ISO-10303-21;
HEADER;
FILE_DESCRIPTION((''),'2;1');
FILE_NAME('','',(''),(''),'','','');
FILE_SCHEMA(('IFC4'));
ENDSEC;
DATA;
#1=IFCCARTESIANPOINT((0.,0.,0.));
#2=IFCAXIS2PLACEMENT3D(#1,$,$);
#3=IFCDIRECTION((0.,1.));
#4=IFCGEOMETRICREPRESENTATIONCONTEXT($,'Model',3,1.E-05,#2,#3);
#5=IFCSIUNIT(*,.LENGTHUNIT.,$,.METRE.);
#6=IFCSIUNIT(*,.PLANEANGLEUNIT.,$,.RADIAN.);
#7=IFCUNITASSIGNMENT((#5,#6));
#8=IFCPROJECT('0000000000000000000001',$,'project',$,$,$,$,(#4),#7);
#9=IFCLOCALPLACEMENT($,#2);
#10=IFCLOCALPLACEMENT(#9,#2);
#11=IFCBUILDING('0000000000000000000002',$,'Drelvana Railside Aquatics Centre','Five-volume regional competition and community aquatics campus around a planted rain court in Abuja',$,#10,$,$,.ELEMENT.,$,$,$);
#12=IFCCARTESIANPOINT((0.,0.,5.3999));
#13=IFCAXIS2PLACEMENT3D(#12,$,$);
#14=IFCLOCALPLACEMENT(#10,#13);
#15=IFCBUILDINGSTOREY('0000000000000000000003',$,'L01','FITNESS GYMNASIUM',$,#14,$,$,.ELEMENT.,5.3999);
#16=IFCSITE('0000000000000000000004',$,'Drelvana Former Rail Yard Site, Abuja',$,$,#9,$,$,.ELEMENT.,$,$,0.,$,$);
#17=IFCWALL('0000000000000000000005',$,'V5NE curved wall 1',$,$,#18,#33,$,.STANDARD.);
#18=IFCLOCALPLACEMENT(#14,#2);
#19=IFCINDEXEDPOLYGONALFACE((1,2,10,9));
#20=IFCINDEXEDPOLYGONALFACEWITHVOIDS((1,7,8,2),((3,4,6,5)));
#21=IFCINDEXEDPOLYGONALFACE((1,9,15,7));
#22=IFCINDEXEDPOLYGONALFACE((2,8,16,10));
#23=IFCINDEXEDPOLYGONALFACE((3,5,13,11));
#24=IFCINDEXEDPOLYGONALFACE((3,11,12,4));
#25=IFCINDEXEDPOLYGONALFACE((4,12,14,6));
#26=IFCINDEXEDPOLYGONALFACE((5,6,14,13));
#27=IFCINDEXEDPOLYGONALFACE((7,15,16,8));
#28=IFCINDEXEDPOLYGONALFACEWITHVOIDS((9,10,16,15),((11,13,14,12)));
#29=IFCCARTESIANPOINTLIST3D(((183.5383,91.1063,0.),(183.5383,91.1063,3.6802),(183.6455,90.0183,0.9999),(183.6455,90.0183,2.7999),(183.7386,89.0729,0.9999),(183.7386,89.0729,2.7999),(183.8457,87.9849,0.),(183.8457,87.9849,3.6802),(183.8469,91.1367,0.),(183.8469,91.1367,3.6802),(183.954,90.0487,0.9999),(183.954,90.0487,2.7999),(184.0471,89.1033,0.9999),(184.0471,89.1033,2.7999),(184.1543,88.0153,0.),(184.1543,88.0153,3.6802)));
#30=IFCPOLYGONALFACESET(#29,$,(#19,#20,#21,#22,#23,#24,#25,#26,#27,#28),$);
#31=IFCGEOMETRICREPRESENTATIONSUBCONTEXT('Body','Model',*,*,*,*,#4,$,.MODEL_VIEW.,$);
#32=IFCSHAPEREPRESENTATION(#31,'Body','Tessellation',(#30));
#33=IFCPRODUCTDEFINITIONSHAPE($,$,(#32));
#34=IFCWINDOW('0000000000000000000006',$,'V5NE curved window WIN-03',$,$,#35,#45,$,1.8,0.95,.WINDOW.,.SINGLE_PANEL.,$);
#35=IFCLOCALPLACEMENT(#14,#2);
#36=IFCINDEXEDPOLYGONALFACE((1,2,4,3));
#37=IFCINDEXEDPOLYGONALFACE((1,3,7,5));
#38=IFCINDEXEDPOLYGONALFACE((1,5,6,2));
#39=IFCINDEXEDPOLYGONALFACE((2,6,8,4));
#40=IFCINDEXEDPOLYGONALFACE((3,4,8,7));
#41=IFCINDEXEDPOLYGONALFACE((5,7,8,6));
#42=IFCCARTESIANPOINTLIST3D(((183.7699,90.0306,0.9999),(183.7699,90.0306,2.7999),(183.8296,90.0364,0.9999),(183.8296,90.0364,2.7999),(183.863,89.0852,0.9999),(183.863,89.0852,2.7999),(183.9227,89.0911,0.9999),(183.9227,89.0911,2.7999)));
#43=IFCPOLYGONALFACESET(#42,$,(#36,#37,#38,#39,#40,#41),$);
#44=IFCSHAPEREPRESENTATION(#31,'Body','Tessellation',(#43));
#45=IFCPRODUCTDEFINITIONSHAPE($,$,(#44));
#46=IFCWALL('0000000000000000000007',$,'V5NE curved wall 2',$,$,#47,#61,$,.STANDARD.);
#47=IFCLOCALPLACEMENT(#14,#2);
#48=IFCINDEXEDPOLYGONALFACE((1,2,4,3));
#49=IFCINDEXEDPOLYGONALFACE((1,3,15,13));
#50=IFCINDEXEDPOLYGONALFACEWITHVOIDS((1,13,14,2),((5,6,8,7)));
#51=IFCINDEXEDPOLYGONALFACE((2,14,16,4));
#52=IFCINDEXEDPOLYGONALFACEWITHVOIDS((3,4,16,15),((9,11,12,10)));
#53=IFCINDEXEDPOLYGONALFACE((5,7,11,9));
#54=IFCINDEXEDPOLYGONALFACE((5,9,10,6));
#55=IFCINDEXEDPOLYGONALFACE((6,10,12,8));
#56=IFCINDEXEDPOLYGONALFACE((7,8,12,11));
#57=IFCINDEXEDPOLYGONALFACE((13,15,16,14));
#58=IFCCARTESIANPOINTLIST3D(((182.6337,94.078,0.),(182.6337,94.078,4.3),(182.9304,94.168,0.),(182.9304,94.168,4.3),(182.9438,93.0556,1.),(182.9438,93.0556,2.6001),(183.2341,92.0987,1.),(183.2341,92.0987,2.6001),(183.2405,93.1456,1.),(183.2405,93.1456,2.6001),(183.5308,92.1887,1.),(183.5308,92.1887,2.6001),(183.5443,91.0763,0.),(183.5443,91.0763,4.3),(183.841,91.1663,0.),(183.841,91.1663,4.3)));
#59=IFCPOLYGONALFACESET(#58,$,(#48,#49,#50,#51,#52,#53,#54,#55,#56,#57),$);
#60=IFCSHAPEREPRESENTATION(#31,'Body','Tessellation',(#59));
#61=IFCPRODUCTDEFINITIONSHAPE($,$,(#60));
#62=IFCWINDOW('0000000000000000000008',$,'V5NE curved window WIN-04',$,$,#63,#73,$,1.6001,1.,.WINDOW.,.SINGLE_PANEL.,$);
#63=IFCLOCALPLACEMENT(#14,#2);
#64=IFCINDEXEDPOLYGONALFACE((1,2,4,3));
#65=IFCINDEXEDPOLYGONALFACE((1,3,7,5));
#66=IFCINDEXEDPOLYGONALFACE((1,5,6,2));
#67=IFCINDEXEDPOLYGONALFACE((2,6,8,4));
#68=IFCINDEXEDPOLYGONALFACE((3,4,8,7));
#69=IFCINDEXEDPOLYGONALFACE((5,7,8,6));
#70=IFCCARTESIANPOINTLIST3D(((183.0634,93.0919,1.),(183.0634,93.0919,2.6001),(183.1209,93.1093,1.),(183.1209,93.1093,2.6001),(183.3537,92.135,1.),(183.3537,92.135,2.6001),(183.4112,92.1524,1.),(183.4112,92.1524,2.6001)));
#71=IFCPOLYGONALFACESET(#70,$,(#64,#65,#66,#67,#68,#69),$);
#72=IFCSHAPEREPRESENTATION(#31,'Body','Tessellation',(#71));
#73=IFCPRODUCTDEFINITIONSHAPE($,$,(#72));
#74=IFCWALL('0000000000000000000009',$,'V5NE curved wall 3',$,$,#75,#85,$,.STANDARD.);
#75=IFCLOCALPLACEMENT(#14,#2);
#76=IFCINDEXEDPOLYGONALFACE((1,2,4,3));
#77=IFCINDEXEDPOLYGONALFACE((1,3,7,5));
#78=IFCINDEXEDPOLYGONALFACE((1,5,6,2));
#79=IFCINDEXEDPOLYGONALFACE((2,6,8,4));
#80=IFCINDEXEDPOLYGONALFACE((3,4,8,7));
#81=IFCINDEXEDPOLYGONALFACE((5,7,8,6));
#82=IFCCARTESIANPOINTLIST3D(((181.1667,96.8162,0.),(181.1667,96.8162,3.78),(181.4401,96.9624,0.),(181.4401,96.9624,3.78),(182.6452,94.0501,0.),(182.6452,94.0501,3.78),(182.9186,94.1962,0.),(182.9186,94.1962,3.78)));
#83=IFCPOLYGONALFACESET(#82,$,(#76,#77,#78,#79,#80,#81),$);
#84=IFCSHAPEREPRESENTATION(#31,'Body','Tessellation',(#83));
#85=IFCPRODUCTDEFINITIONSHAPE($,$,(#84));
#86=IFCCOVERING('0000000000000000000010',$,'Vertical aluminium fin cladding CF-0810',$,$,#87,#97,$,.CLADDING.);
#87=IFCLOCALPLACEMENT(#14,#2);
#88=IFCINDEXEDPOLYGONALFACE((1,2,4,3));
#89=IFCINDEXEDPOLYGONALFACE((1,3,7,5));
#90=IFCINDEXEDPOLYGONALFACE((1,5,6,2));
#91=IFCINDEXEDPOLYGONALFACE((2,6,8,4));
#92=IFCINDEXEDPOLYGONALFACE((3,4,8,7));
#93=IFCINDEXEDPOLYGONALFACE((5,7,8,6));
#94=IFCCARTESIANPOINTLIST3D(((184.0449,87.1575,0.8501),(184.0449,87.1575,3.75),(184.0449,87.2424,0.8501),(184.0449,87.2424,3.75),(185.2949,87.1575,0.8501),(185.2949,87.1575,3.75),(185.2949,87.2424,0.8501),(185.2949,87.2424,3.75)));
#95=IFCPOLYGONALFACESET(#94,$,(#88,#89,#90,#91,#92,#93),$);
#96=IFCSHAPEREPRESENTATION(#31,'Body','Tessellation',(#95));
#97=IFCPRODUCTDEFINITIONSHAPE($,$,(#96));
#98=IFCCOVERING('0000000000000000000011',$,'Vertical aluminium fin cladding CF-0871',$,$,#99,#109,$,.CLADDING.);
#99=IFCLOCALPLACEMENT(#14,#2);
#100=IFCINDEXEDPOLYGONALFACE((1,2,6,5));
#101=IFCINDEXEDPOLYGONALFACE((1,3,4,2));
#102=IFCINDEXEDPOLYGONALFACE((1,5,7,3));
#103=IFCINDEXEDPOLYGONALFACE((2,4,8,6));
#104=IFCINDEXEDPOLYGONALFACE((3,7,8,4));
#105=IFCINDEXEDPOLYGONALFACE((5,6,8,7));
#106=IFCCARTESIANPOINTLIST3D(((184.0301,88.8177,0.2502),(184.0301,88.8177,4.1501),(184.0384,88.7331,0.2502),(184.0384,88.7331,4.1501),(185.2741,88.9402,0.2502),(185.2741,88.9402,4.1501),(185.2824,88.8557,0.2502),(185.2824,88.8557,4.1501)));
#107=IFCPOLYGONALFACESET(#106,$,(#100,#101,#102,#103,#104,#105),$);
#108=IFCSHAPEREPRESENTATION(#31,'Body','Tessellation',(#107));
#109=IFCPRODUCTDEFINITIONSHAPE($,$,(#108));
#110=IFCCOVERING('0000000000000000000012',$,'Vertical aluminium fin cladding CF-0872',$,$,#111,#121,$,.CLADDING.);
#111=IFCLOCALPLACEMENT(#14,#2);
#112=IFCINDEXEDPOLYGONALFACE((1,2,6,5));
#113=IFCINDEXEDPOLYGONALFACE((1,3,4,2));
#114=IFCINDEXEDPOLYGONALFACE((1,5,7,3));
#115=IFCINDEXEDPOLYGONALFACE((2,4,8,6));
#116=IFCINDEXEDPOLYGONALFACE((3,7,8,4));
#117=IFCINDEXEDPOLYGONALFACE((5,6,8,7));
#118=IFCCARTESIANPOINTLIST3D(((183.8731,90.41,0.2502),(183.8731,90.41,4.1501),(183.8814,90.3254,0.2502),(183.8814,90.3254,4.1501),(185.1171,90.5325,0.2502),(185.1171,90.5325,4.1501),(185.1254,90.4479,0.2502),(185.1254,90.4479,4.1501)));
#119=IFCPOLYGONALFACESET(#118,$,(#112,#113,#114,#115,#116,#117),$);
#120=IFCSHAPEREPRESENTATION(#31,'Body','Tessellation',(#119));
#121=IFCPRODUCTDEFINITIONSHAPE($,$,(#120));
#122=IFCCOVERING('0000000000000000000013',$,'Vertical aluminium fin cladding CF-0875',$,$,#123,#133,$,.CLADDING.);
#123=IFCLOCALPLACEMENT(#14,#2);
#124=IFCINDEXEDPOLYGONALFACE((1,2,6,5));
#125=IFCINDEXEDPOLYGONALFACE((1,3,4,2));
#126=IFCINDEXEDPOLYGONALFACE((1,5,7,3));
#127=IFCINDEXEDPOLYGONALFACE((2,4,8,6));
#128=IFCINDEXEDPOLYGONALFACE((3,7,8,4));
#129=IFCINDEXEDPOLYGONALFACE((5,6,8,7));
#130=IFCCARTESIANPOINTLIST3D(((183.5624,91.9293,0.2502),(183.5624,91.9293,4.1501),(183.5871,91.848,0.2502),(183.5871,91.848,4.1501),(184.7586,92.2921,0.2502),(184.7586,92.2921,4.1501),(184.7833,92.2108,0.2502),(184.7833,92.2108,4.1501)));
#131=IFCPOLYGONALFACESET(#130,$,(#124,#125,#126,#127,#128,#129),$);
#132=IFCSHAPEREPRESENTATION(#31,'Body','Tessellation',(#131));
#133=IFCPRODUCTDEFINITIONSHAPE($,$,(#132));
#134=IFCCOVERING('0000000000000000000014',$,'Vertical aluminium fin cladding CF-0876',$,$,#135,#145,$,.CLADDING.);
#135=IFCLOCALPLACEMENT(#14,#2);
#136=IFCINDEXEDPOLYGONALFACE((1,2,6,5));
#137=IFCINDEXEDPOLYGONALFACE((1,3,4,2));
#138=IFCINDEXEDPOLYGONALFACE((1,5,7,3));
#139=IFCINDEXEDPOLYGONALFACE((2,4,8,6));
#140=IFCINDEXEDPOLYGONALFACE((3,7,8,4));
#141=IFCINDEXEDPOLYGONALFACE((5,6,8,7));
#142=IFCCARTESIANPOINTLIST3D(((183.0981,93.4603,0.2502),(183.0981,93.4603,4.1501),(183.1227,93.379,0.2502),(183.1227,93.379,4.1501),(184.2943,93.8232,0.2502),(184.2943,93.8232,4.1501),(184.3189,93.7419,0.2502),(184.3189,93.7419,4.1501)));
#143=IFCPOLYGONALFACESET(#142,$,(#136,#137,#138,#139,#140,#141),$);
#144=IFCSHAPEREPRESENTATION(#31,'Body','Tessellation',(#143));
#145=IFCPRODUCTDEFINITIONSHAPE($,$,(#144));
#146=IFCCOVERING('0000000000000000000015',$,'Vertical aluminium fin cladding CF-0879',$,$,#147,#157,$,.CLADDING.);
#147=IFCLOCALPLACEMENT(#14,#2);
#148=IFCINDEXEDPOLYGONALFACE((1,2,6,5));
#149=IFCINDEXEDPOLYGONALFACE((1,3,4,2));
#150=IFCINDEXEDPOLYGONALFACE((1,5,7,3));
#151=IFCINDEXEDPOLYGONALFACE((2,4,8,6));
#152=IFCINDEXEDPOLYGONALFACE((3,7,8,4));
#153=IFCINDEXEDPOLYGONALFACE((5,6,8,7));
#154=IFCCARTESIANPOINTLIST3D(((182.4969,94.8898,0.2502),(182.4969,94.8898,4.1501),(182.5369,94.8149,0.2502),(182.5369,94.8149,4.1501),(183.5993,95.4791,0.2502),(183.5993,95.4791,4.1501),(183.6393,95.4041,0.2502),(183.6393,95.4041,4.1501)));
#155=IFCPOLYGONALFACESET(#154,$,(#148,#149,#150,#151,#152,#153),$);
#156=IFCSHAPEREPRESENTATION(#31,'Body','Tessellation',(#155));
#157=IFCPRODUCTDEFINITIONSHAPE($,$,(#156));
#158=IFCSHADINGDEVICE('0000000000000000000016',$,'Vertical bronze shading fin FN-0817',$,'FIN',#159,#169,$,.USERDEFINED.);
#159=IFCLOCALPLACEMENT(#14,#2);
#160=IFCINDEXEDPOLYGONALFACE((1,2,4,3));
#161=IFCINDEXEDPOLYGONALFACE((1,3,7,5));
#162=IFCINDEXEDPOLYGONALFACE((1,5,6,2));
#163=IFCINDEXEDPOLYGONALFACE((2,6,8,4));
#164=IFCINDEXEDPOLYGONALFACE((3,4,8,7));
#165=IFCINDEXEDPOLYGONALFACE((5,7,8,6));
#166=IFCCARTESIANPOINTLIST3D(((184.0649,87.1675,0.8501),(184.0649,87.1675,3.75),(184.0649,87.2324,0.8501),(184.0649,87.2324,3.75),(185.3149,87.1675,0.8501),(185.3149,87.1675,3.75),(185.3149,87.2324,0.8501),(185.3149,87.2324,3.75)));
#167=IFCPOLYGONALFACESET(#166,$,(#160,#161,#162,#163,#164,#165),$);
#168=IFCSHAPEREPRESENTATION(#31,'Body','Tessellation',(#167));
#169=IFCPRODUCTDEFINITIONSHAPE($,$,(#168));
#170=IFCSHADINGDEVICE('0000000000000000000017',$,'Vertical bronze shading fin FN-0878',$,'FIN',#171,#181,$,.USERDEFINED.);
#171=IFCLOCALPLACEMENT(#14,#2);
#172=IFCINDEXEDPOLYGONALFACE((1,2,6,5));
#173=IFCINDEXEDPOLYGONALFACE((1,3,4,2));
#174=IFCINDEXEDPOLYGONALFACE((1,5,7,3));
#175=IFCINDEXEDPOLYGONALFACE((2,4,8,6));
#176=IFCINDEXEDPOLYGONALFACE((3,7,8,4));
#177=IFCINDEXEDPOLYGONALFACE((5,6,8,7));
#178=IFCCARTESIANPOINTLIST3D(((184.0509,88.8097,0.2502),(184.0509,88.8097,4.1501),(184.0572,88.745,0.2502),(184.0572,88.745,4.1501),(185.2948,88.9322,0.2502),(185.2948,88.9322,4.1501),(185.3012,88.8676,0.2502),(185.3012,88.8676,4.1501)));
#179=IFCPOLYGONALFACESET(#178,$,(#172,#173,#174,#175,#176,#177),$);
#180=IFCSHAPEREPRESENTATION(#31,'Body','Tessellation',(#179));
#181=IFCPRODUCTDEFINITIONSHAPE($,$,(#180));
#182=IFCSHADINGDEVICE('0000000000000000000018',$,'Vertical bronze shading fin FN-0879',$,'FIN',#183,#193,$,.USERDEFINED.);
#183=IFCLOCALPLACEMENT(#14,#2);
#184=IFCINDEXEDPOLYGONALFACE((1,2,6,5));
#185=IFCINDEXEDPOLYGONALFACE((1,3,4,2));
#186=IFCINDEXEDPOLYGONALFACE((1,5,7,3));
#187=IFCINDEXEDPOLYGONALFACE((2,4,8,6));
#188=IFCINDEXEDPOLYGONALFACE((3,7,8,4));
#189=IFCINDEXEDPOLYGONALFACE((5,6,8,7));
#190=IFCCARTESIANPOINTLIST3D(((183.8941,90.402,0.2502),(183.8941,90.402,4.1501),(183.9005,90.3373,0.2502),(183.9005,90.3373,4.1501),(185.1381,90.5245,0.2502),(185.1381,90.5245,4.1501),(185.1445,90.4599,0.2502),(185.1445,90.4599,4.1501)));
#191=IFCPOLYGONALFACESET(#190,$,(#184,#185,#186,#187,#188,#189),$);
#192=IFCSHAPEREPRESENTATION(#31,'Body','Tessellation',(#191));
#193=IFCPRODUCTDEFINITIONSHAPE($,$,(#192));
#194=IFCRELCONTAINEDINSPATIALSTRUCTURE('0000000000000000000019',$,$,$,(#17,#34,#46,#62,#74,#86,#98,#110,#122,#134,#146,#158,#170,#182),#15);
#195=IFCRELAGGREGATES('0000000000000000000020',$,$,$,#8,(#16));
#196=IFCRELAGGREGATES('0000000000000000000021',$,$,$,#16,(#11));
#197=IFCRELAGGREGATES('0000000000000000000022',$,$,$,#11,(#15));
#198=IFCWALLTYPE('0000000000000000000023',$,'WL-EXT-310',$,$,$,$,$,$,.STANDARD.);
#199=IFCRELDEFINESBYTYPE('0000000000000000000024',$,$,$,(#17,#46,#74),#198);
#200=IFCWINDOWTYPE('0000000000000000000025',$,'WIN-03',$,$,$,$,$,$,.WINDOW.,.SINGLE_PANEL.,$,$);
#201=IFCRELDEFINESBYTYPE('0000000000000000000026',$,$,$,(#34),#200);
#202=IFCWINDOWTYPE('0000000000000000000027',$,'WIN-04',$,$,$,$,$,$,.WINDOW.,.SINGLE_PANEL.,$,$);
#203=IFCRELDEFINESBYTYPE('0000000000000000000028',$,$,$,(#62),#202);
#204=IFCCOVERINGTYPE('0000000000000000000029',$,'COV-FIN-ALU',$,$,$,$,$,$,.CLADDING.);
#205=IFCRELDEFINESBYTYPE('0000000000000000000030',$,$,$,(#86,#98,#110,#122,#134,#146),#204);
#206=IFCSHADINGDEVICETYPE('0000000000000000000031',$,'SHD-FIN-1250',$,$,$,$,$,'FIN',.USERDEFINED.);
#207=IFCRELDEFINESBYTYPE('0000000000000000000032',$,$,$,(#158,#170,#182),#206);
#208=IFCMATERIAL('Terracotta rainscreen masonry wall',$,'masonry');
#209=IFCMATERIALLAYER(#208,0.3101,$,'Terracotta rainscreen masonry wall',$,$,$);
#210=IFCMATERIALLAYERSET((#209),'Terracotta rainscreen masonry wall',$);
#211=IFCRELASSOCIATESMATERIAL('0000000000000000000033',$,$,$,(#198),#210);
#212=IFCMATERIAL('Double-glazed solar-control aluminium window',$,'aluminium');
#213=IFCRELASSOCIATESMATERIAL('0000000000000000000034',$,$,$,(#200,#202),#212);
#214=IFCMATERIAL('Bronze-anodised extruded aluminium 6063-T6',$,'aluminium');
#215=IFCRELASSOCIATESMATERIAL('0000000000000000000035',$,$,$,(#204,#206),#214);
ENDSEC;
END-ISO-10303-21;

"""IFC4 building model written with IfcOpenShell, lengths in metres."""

from ifc_helpers import new_model, si_unit, direction, frame, frame_2d, origin, origin_2d, place, context, subcontext, project, spatial, rectangle, extrude, material, layer, layer_set, type_object, element, fill, save


model = new_model("IFC4")

# Units and contexts
model_context = context("Model", 3, precision=1e-05, world=origin(), true_north=direction((0.0, 1.0)))
body_context = subcontext(model_context, "Body", "Model", "MODEL_VIEW")
ifc_project = project(units=[si_unit("LENGTHUNIT", "METRE"), si_unit("PLANEANGLEUNIT", "RADIAN")], contexts=[model_context])

# Site, building, storey
site_placement = place(None, origin())
site = spatial("IfcSite", under=ifc_project, at=site_placement, Name="Drelvana Former Rail Yard Site, Abuja", CompositionType="ELEMENT", RefElevation=0.0)
building_placement = place(site_placement, origin())
building = spatial("IfcBuilding", under=site, at=building_placement, Name="Drelvana Railside Aquatics Centre", Description="Five-volume regional competition and community aquatics campus around a planted rain court in Abuja", CompositionType="ELEMENT")
storey_placement = place(building_placement, frame((0.0, 0.0, 5.3999)))
storey = spatial("IfcBuildingStorey", under=building, at=storey_placement, Name="L01", Description="FITNESS GYMNASIUM", CompositionType="ELEMENT", Elevation=5.3999)

# Walls, openings, windows
ifc_material_1 = material(Name="Terracotta rainscreen masonry wall", Category="masonry")
ifc_layer_1 = layer(ifc_material_1, 0.3101, Name="Terracotta rainscreen masonry wall")
ifc_layer_set_1 = layer_set([ifc_layer_1], Name="Terracotta rainscreen masonry wall")
wall_type = type_object("IfcWallType", Name="WL-EXT-310", PredefinedType="STANDARD", material=ifc_layer_set_1)
wall_1_placement = place(storey_placement, frame((184.0, 88.0, 0.0), z_axis=(0.0, 0.0, 1.0), x_axis=(-0.098001, 0.995186, 0.0)))
wall_1 = element("IfcWall", 1, at=wall_1_placement, inside=storey, type_object=wall_type, Name="V5NE curved wall 1", PredefinedType="STANDARD", context=body_context, shape_type="SweptSolid", body=[
    extrude(rectangle(XDim=3.1365, YDim=0.3101, at=frame_2d((1.5684, 0.0))), origin(), (0.0, 0.0, 1.0), 3.6802),
])
opening_1_placement = place(wall_1_placement, frame((1.0933, 0.0, 1.0)))
opening_1 = element("IfcOpeningElement", 2, at=opening_1_placement, cuts=wall_1, PredefinedType="OPENING", context=body_context, shape_type="SweptSolid", body=[
    extrude(rectangle(XDim=0.95, YDim=1.8, at=frame_2d((0.4751, 0.8999))), frame((0.0, 0.165, 0.0), z_axis=(0.0, -1.0, 0.0), x_axis=(1.0, 0.0, 0.0)), (0.0, 0.0, 1.0), 0.3301),
])
ifc_material_2 = material(Name="Double-glazed solar-control aluminium window", Category="aluminium")
window_type_1 = type_object("IfcWindowType", Name="WIN-03", PartitioningType="SINGLE_PANEL", PredefinedType="WINDOW", material=ifc_material_2)
window_1_placement = place(opening_1_placement, origin())
window_1 = element("IfcWindow", 3, at=window_1_placement, inside=storey, type_object=window_type_1, Name="V5NE curved window WIN-03", OverallHeight=1.8, OverallWidth=0.95, PartitioningType="SINGLE_PANEL", PredefinedType="WINDOW", context=body_context, shape_type="SweptSolid", body=[
    extrude(rectangle(XDim=0.95, YDim=1.8, at=frame_2d((0.4751, 0.8999))), frame((0.0, 0.03, 0.0), z_axis=(0.0, -1.0, 0.0), x_axis=(1.0, 0.0, 0.0)), (0.0, 0.0, 1.0), 0.0601),
])
fill(opening_1, window_1)
wall_2_placement = place(storey_placement, frame((183.6926, 91.1213, 0.0), z_axis=(0.0, 0.0, 1.0), x_axis=(-0.29031, 0.956933, 0.0)))
wall_2 = element("IfcWall", 4, at=wall_2_placement, inside=storey, type_object=wall_type, Name="V5NE curved wall 2", PredefinedType="STANDARD", context=body_context, shape_type="SweptSolid", body=[
    extrude(rectangle(XDim=3.1367, YDim=0.3101, at=frame_2d((1.5684, 0.0))), origin(), (0.0, 0.0, 1.0), 4.3),
])
opening_2_placement = place(wall_2_placement, frame((1.0684, 0.0, 1.0)))
opening_2 = element("IfcOpeningElement", 5, at=opening_2_placement, cuts=wall_2, PredefinedType="OPENING", context=body_context, shape_type="SweptSolid", body=[
    extrude(rectangle(XDim=1.0, YDim=1.6001, at=frame_2d((0.5, 0.8))), frame((0.0, 0.165, 0.0), z_axis=(0.0, -1.0, 0.0), x_axis=(1.0, 0.0, 0.0)), (0.0, 0.0, 1.0), 0.3301),
])
window_type_2 = type_object("IfcWindowType", Name="WIN-04", PartitioningType="SINGLE_PANEL", PredefinedType="WINDOW", material=ifc_material_2)
window_2_placement = place(opening_2_placement, origin())
window_2 = element("IfcWindow", 6, at=window_2_placement, inside=storey, type_object=window_type_2, Name="V5NE curved window WIN-04", OverallHeight=1.6001, OverallWidth=1.0, PartitioningType="SINGLE_PANEL", PredefinedType="WINDOW", context=body_context, shape_type="SweptSolid", body=[
    extrude(rectangle(XDim=1.0, YDim=1.6001, at=frame_2d((0.5, 0.8))), frame((0.0, 0.03, 0.0), z_axis=(0.0, -1.0, 0.0), x_axis=(1.0, 0.0, 0.0)), (0.0, 0.0, 1.0), 0.0601),
])
fill(opening_2, window_2)

# Wall
wall_3_placement = place(storey_placement, frame((182.782, 94.123, 0.0), z_axis=(0.0, 0.0, 1.0), x_axis=(-0.471396, 0.881922, 0.0)))
element("IfcWall", 7, at=wall_3_placement, inside=storey, type_object=wall_type, Name="V5NE curved wall 3", PredefinedType="STANDARD", context=body_context, shape_type="SweptSolid", body=[
    extrude(rectangle(XDim=3.1365, YDim=0.3101, at=frame_2d((1.5684, 0.0))), origin(), (0.0, 0.0, 1.0), 3.78),
])

# Coverings
ifc_material_3 = material(Name="Bronze-anodised extruded aluminium 6063-T6", Category="aluminium")
covering_type = type_object("IfcCoveringType", Name="COV-FIN-ALU", PredefinedType="CLADDING", material=ifc_material_3)
covering_placement = place(storey_placement, frame((184.6699, 87.2, 0.8501), z_axis=(0.0, 0.0, 1.0), x_axis=(0.0, -1.0, 0.0)))
element("IfcCovering", 8, at=covering_placement, inside=storey, type_object=covering_type, Name="Vertical aluminium fin cladding CF-0810", PredefinedType="CLADDING", context=body_context, shape_type="SweptSolid", body=[
    extrude(rectangle(XDim=0.085, YDim=1.25, at=origin_2d()), origin(), (0.0, 0.0, 1.0), 2.8999),
])
for number, where, z_axis, x_axis, name in (
    (9, (184.6562, 88.8367, 0.2502), (0.0, 0.0, 1.0), (0.098017, -0.995185, 0.0), "Vertical aluminium fin cladding CF-0871"),
    (10, (184.4993, 90.429, 0.2502), (0.0, 0.0, 1.0), (0.098017, -0.995185, 0.0), "Vertical aluminium fin cladding CF-0872"),
    (11, (184.1729, 92.0701, 0.2502), (0.0, 0.0, 1.0), (0.290285, -0.95694, 0.0), "Vertical aluminium fin cladding CF-0875"),
    (12, (183.7085, 93.6011, 0.2502), (0.0, 0.0, 1.0), (0.290285, -0.95694, 0.0), "Vertical aluminium fin cladding CF-0876"),
    (13, (183.0681, 95.147, 0.2502), (0.0, 0.0, 1.0), (0.471397, -0.881921, 0.0), "Vertical aluminium fin cladding CF-0879"),
):
    element("IfcCovering", number, at=place(storey_placement, frame(where, z_axis=z_axis, x_axis=x_axis)), inside=storey, type_object=covering_type, Name=name, PredefinedType="CLADDING", context=body_context, shape_type="SweptSolid", body=[
        extrude(rectangle(XDim=0.085, YDim=1.25, at=origin_2d()), origin(), (0.0, 0.0, 1.0), 3.8999),
    ])

# Shading devices
shading_device_type = type_object("IfcShadingDeviceType", Name="SHD-FIN-1250", ElementType="FIN", PredefinedType="USERDEFINED", material=ifc_material_3)
shading_device_placement = place(storey_placement, frame((184.6899, 87.2, 0.8501), z_axis=(0.0, 0.0, 1.0), x_axis=(1.0, 0.0, 0.0)))
element("IfcShadingDevice", 14, at=shading_device_placement, inside=storey, type_object=shading_device_type, Name="Vertical bronze shading fin FN-0817", ObjectType="FIN", PredefinedType="USERDEFINED", context=body_context, shape_type="SweptSolid", body=[
    extrude(rectangle(XDim=1.25, YDim=0.0649, at=origin_2d()), origin(), (0.0, 0.0, 1.0), 2.8999),
])
for number, where, z_axis, x_axis, name in (
    (15, (184.676, 88.8386, 0.2502), (0.0, 0.0, 1.0), (0.995185, 0.098017, 0.0), "Vertical bronze shading fin FN-0878"),
    (16, (184.5193, 90.4309, 0.2502), (0.0, 0.0, 1.0), (0.995185, 0.098017, 0.0), "Vertical bronze shading fin FN-0879"),
):
    element("IfcShadingDevice", number, at=place(storey_placement, frame(where, z_axis=z_axis, x_axis=x_axis)), inside=storey, type_object=shading_device_type, Name=name, ObjectType="FIN", PredefinedType="USERDEFINED", context=body_context, shape_type="SweptSolid", body=[
        extrude(rectangle(XDim=1.25, YDim=0.0649, at=origin_2d()), origin(), (0.0, 0.0, 1.0), 3.8999),
    ])

save(model, "model.ifc")
